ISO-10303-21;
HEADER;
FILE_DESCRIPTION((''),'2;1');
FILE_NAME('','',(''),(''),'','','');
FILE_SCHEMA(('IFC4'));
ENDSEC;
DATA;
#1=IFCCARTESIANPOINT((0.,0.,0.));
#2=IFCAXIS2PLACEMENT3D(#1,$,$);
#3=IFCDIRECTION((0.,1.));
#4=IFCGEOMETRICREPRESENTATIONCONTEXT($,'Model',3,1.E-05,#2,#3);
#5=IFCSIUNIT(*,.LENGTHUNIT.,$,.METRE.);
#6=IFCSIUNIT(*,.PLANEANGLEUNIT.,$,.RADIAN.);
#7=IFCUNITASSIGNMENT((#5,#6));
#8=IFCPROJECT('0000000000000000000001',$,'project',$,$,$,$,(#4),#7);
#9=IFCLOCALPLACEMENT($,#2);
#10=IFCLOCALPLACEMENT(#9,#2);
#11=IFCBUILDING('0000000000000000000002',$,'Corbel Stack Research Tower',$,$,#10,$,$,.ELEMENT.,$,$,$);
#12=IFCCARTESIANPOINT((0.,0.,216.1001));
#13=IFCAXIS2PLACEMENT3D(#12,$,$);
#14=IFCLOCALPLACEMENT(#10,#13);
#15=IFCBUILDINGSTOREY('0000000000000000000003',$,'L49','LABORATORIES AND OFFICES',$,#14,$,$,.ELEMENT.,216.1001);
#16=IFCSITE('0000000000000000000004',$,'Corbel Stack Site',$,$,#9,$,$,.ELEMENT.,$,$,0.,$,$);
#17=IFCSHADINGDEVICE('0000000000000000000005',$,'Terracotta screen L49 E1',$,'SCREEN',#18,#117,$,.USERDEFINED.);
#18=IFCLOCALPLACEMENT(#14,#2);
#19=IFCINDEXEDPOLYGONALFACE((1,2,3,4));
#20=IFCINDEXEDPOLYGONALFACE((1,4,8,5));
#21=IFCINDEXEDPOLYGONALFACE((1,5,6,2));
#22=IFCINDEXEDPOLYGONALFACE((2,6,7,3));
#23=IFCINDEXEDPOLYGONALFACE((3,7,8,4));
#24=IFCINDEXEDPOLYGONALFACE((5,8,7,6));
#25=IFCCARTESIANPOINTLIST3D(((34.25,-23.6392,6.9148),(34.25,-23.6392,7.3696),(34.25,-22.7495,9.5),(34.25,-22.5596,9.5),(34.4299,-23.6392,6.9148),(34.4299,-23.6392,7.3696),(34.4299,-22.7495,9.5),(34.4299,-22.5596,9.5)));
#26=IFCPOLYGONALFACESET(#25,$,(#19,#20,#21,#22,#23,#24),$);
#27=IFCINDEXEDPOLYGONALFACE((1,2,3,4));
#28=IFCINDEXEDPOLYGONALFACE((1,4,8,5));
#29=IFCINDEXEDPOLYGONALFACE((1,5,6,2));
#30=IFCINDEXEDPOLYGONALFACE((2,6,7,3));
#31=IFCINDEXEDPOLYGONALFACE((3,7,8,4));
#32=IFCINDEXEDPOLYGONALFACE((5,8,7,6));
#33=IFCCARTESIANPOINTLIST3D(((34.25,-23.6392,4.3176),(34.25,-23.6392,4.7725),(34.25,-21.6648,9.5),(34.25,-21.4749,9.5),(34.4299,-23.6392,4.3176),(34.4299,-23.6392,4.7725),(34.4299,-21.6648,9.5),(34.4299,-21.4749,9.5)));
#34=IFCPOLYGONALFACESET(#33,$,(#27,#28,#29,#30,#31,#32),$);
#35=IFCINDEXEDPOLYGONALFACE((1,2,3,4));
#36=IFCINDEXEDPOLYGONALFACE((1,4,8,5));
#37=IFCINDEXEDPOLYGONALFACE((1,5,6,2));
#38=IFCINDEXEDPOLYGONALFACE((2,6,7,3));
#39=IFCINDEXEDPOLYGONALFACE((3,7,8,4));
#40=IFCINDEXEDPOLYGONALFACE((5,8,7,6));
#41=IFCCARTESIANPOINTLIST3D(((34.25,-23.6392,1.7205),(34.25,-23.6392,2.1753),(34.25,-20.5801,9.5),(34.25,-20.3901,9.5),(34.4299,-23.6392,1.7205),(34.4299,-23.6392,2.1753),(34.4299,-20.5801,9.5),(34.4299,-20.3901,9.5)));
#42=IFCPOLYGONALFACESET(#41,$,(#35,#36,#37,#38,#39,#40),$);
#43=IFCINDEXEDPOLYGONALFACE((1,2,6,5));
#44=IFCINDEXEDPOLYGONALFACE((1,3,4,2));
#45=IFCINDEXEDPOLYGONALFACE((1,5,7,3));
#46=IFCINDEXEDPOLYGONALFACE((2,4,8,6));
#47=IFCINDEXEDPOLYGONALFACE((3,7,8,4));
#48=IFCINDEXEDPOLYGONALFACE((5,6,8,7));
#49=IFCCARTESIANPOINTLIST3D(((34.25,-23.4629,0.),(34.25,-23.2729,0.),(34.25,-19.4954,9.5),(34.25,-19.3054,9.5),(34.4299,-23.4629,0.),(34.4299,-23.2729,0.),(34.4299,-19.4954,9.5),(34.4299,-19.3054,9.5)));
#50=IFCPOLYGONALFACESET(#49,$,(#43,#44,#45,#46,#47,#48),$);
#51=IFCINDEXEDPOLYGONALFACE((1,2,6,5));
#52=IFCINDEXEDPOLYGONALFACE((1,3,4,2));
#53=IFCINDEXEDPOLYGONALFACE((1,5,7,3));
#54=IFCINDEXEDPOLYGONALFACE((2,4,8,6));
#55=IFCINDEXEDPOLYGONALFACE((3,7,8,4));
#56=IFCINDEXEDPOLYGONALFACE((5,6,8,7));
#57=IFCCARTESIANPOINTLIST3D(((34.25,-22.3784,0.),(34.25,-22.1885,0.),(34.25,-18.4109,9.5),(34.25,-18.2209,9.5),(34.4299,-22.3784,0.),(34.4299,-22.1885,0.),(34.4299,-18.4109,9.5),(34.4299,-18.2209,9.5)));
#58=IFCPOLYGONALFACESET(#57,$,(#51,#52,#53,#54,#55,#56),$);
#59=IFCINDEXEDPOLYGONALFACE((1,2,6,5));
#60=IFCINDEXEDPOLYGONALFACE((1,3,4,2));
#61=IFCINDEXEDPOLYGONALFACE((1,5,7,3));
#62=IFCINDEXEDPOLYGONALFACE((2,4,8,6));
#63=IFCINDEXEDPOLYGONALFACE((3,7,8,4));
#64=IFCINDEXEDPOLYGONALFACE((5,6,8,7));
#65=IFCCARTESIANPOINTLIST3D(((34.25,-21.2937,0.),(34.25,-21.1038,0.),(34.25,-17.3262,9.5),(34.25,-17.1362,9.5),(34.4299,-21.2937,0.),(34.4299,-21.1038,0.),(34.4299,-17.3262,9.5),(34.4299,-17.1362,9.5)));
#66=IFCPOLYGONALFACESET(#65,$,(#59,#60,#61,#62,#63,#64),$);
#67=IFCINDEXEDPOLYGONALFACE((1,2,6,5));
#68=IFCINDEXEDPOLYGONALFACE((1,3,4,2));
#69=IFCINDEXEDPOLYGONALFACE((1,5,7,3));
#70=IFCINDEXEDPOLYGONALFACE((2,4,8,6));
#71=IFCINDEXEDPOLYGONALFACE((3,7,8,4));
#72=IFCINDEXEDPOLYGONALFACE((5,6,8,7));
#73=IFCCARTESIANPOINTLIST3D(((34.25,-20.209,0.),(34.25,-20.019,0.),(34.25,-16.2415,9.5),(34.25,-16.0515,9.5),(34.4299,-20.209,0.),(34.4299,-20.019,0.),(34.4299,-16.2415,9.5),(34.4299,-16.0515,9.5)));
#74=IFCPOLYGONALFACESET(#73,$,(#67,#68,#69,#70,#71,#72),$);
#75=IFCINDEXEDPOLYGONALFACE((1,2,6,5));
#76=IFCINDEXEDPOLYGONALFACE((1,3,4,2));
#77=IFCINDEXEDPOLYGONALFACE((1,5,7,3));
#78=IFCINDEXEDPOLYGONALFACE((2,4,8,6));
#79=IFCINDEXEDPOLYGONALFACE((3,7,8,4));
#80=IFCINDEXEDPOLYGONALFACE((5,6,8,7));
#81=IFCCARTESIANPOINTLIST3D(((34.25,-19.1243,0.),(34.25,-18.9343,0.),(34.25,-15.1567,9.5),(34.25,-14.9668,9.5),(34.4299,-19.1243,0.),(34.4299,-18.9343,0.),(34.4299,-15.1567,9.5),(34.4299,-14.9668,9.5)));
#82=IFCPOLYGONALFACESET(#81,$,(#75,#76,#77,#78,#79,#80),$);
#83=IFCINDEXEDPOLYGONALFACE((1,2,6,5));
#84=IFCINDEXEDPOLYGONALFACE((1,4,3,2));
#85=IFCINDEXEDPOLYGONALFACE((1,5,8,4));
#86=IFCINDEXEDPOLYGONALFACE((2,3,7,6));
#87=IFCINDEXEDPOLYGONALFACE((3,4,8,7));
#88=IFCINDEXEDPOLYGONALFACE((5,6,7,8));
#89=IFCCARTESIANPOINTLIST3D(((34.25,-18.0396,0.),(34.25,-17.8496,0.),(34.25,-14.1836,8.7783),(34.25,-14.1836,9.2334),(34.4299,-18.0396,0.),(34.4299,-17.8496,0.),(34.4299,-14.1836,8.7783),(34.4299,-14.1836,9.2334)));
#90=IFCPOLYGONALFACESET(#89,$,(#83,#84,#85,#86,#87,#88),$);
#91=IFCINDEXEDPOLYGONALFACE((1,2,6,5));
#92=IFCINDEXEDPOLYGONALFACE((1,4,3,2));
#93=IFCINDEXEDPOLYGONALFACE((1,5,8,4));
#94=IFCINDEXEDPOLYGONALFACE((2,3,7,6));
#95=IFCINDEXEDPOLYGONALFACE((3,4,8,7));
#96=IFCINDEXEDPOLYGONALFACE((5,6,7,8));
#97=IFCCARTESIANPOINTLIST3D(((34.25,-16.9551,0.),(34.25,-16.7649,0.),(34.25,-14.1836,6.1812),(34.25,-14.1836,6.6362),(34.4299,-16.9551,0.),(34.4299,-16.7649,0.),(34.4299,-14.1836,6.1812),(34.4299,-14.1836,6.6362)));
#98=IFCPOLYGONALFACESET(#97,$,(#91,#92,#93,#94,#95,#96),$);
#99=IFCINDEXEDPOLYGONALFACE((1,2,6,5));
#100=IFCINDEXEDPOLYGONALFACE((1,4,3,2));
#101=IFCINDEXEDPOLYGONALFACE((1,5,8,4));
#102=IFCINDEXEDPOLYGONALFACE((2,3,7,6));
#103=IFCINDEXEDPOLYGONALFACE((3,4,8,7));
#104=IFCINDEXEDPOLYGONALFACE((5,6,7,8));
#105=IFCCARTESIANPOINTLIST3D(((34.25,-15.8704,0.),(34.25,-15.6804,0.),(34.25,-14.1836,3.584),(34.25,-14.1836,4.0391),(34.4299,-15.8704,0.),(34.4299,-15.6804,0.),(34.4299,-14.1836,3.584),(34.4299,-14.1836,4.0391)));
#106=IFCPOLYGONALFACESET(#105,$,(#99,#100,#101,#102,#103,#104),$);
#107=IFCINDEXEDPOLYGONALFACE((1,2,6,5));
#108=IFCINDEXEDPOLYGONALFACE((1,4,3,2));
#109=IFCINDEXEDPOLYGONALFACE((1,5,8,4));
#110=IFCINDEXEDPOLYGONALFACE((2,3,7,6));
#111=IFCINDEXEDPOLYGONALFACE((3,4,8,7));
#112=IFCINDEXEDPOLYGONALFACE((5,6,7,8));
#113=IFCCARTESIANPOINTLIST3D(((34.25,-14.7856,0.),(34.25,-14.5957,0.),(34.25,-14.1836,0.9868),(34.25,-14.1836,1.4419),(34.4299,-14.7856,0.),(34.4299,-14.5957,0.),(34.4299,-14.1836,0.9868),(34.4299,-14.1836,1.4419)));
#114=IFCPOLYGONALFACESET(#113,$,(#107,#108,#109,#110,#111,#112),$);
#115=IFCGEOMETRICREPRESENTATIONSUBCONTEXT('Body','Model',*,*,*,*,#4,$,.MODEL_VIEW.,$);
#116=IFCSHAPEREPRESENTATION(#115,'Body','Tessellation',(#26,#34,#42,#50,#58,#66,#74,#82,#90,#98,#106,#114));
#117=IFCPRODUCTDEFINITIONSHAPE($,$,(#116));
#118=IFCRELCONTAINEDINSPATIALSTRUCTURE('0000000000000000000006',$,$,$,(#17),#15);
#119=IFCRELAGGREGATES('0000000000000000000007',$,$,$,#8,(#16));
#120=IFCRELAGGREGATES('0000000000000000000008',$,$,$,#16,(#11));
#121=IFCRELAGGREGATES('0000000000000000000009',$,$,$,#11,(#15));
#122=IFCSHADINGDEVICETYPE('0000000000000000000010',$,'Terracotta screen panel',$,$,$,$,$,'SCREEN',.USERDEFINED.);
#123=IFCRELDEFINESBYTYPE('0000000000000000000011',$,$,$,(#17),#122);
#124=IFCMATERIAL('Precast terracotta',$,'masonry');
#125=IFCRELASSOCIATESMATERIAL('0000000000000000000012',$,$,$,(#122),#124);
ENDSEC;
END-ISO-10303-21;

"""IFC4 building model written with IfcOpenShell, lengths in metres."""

from ifc_helpers import new_model, si_unit, direction, frame, origin, place, context, subcontext, project, spatial, polyline, outline, extrude, source, transform, mapped, material, type_object, element, save


model = new_model("IFC4")

# Units and contexts
model_context = context("Model", 3, precision=1e-05, world=origin(), true_north=direction((0.0, 1.0)))
body_context = subcontext(model_context, "Body", "Model", "MODEL_VIEW")
ifc_project = project(units=[si_unit("LENGTHUNIT", "METRE"), si_unit("PLANEANGLEUNIT", "RADIAN")], contexts=[model_context])

# Site, building, storey
site_placement = place(None, origin())
site = spatial("IfcSite", under=ifc_project, at=site_placement, Name="Corbel Stack Site", CompositionType="ELEMENT", RefElevation=0.0)
building_placement = place(site_placement, origin())
building = spatial("IfcBuilding", under=site, at=building_placement, Name="Corbel Stack Research Tower", CompositionType="ELEMENT")
storey_placement = place(building_placement, frame((0.0, 0.0, 216.1001)))
storey = spatial("IfcBuildingStorey", under=building, at=storey_placement, Name="L49", Description="LABORATORIES AND OFFICES", CompositionType="ELEMENT", Elevation=216.1001)

# Shading device
ifc_material_1 = material(Name="Precast terracotta", Category="masonry")
shading_device_type = type_object("IfcShadingDeviceType", Name="Terracotta screen panel", ElementType="SCREEN", PredefinedType="USERDEFINED", material=ifc_material_1)
shared_shape_1 = source(origin(), body_context, "Body", "SweptSolid", [
    extrude(outline(polyline([(1.0796, 9.5), (0.8896, 9.5), (0.0, 7.3696), (0.0, 6.9148), (1.0796, 9.5)])), frame((0.0, 0.0, 0.0), z_axis=(0.0, -1.0, 0.0), x_axis=(1.0, 0.0, 0.0)), (0.0, 0.0, 1.0), 0.1799),
    extrude(outline(polyline([(2.1643, 9.5), (1.9744, 9.5), (0.0, 4.7725), (0.0, 4.3176), (2.1643, 9.5)])), frame((0.0, 0.0, 0.0), z_axis=(0.0, -1.0, 0.0), x_axis=(1.0, 0.0, 0.0)), (0.0, 0.0, 1.0), 0.1799),
    extrude(outline(polyline([(3.249, 9.5), (3.0591, 9.5), (0.0, 2.1753), (0.0, 1.7205), (3.249, 9.5)])), frame((0.0, 0.0, 0.0), z_axis=(0.0, -1.0, 0.0), x_axis=(1.0, 0.0, 0.0)), (0.0, 0.0, 1.0), 0.1799),
    extrude(outline(polyline([(0.3662, 0.0), (4.3337, 9.5), (4.1438, 9.5), (0.1763, 0.0), (0.3662, 0.0)])), frame((0.0, 0.0, 0.0), z_axis=(0.0, -1.0, 0.0), x_axis=(1.0, 0.0, 0.0)), (0.0, 0.0, 1.0), 0.1799),
    extrude(outline(polyline([(1.4507, 0.0), (5.4182, 9.5), (5.2283, 9.5), (1.2607, 0.0), (1.4507, 0.0)])), frame((0.0, 0.0, 0.0), z_axis=(0.0, -1.0, 0.0), x_axis=(1.0, 0.0, 0.0)), (0.0, 0.0, 1.0), 0.1799),
    extrude(outline(polyline([(2.5354, 0.0), (6.5029, 9.5), (6.313, 9.5), (2.3455, 0.0), (2.5354, 0.0)])), frame((0.0, 0.0, 0.0), z_axis=(0.0, -1.0, 0.0), x_axis=(1.0, 0.0, 0.0)), (0.0, 0.0, 1.0), 0.1799),
    extrude(outline(polyline([(3.6201, 0.0), (7.5876, 9.5), (7.3977, 9.5), (3.4302, 0.0), (3.6201, 0.0)])), frame((0.0, 0.0, 0.0), z_axis=(0.0, -1.0, 0.0), x_axis=(1.0, 0.0, 0.0)), (0.0, 0.0, 1.0), 0.1799),
    extrude(outline(polyline([(4.7048, 0.0), (8.6724, 9.5), (8.4824, 9.5), (4.5149, 0.0), (4.7048, 0.0)])), frame((0.0, 0.0, 0.0), z_axis=(0.0, -1.0, 0.0), x_axis=(1.0, 0.0, 0.0)), (0.0, 0.0, 1.0), 0.1799),
    extrude(outline(polyline([(5.7896, 0.0), (9.4556, 8.7783), (9.4556, 9.2334), (5.5996, 0.0), (5.7896, 0.0)])), frame((0.0, 0.0, 0.0), z_axis=(0.0, -1.0, 0.0), x_axis=(1.0, 0.0, 0.0)), (0.0, 0.0, 1.0), 0.1799),
    extrude(outline(polyline([(6.8743, 0.0), (9.4556, 6.1812), (9.4556, 6.6362), (6.6841, 0.0), (6.8743, 0.0)])), frame((0.0, 0.0, 0.0), z_axis=(0.0, -1.0, 0.0), x_axis=(1.0, 0.0, 0.0)), (0.0, 0.0, 1.0), 0.1799),
    extrude(outline(polyline([(7.9587, 0.0), (9.4556, 3.584), (9.4556, 4.0391), (7.7688, 0.0), (7.9587, 0.0)])), frame((0.0, 0.0, 0.0), z_axis=(0.0, -1.0, 0.0), x_axis=(1.0, 0.0, 0.0)), (0.0, 0.0, 1.0), 0.1799),
    extrude(outline(polyline([(9.0435, 0.0), (9.4556, 0.9868), (9.4556, 1.4419), (8.8535, 0.0), (9.0435, 0.0)])), frame((0.0, 0.0, 0.0), z_axis=(0.0, -1.0, 0.0), x_axis=(1.0, 0.0, 0.0)), (0.0, 0.0, 1.0), 0.1799),
])
shading_device_1_placement = place(storey_placement, frame((34.25, -23.6392, 0.0), z_axis=(0.0, 0.0, 1.0), x_axis=(0.0, 1.0, 0.0)))
element("IfcShadingDevice", 1, at=shading_device_1_placement, inside=storey, type_object=shading_device_type, Name="Terracotta screen L49 E1", ObjectType="SCREEN", PredefinedType="USERDEFINED", context=body_context, shape_type="MappedRepresentation", body=[
    mapped(shared_shape_1, transform((0.0, 0.0, 0.0))),
])

save(model, "model.ifc")
